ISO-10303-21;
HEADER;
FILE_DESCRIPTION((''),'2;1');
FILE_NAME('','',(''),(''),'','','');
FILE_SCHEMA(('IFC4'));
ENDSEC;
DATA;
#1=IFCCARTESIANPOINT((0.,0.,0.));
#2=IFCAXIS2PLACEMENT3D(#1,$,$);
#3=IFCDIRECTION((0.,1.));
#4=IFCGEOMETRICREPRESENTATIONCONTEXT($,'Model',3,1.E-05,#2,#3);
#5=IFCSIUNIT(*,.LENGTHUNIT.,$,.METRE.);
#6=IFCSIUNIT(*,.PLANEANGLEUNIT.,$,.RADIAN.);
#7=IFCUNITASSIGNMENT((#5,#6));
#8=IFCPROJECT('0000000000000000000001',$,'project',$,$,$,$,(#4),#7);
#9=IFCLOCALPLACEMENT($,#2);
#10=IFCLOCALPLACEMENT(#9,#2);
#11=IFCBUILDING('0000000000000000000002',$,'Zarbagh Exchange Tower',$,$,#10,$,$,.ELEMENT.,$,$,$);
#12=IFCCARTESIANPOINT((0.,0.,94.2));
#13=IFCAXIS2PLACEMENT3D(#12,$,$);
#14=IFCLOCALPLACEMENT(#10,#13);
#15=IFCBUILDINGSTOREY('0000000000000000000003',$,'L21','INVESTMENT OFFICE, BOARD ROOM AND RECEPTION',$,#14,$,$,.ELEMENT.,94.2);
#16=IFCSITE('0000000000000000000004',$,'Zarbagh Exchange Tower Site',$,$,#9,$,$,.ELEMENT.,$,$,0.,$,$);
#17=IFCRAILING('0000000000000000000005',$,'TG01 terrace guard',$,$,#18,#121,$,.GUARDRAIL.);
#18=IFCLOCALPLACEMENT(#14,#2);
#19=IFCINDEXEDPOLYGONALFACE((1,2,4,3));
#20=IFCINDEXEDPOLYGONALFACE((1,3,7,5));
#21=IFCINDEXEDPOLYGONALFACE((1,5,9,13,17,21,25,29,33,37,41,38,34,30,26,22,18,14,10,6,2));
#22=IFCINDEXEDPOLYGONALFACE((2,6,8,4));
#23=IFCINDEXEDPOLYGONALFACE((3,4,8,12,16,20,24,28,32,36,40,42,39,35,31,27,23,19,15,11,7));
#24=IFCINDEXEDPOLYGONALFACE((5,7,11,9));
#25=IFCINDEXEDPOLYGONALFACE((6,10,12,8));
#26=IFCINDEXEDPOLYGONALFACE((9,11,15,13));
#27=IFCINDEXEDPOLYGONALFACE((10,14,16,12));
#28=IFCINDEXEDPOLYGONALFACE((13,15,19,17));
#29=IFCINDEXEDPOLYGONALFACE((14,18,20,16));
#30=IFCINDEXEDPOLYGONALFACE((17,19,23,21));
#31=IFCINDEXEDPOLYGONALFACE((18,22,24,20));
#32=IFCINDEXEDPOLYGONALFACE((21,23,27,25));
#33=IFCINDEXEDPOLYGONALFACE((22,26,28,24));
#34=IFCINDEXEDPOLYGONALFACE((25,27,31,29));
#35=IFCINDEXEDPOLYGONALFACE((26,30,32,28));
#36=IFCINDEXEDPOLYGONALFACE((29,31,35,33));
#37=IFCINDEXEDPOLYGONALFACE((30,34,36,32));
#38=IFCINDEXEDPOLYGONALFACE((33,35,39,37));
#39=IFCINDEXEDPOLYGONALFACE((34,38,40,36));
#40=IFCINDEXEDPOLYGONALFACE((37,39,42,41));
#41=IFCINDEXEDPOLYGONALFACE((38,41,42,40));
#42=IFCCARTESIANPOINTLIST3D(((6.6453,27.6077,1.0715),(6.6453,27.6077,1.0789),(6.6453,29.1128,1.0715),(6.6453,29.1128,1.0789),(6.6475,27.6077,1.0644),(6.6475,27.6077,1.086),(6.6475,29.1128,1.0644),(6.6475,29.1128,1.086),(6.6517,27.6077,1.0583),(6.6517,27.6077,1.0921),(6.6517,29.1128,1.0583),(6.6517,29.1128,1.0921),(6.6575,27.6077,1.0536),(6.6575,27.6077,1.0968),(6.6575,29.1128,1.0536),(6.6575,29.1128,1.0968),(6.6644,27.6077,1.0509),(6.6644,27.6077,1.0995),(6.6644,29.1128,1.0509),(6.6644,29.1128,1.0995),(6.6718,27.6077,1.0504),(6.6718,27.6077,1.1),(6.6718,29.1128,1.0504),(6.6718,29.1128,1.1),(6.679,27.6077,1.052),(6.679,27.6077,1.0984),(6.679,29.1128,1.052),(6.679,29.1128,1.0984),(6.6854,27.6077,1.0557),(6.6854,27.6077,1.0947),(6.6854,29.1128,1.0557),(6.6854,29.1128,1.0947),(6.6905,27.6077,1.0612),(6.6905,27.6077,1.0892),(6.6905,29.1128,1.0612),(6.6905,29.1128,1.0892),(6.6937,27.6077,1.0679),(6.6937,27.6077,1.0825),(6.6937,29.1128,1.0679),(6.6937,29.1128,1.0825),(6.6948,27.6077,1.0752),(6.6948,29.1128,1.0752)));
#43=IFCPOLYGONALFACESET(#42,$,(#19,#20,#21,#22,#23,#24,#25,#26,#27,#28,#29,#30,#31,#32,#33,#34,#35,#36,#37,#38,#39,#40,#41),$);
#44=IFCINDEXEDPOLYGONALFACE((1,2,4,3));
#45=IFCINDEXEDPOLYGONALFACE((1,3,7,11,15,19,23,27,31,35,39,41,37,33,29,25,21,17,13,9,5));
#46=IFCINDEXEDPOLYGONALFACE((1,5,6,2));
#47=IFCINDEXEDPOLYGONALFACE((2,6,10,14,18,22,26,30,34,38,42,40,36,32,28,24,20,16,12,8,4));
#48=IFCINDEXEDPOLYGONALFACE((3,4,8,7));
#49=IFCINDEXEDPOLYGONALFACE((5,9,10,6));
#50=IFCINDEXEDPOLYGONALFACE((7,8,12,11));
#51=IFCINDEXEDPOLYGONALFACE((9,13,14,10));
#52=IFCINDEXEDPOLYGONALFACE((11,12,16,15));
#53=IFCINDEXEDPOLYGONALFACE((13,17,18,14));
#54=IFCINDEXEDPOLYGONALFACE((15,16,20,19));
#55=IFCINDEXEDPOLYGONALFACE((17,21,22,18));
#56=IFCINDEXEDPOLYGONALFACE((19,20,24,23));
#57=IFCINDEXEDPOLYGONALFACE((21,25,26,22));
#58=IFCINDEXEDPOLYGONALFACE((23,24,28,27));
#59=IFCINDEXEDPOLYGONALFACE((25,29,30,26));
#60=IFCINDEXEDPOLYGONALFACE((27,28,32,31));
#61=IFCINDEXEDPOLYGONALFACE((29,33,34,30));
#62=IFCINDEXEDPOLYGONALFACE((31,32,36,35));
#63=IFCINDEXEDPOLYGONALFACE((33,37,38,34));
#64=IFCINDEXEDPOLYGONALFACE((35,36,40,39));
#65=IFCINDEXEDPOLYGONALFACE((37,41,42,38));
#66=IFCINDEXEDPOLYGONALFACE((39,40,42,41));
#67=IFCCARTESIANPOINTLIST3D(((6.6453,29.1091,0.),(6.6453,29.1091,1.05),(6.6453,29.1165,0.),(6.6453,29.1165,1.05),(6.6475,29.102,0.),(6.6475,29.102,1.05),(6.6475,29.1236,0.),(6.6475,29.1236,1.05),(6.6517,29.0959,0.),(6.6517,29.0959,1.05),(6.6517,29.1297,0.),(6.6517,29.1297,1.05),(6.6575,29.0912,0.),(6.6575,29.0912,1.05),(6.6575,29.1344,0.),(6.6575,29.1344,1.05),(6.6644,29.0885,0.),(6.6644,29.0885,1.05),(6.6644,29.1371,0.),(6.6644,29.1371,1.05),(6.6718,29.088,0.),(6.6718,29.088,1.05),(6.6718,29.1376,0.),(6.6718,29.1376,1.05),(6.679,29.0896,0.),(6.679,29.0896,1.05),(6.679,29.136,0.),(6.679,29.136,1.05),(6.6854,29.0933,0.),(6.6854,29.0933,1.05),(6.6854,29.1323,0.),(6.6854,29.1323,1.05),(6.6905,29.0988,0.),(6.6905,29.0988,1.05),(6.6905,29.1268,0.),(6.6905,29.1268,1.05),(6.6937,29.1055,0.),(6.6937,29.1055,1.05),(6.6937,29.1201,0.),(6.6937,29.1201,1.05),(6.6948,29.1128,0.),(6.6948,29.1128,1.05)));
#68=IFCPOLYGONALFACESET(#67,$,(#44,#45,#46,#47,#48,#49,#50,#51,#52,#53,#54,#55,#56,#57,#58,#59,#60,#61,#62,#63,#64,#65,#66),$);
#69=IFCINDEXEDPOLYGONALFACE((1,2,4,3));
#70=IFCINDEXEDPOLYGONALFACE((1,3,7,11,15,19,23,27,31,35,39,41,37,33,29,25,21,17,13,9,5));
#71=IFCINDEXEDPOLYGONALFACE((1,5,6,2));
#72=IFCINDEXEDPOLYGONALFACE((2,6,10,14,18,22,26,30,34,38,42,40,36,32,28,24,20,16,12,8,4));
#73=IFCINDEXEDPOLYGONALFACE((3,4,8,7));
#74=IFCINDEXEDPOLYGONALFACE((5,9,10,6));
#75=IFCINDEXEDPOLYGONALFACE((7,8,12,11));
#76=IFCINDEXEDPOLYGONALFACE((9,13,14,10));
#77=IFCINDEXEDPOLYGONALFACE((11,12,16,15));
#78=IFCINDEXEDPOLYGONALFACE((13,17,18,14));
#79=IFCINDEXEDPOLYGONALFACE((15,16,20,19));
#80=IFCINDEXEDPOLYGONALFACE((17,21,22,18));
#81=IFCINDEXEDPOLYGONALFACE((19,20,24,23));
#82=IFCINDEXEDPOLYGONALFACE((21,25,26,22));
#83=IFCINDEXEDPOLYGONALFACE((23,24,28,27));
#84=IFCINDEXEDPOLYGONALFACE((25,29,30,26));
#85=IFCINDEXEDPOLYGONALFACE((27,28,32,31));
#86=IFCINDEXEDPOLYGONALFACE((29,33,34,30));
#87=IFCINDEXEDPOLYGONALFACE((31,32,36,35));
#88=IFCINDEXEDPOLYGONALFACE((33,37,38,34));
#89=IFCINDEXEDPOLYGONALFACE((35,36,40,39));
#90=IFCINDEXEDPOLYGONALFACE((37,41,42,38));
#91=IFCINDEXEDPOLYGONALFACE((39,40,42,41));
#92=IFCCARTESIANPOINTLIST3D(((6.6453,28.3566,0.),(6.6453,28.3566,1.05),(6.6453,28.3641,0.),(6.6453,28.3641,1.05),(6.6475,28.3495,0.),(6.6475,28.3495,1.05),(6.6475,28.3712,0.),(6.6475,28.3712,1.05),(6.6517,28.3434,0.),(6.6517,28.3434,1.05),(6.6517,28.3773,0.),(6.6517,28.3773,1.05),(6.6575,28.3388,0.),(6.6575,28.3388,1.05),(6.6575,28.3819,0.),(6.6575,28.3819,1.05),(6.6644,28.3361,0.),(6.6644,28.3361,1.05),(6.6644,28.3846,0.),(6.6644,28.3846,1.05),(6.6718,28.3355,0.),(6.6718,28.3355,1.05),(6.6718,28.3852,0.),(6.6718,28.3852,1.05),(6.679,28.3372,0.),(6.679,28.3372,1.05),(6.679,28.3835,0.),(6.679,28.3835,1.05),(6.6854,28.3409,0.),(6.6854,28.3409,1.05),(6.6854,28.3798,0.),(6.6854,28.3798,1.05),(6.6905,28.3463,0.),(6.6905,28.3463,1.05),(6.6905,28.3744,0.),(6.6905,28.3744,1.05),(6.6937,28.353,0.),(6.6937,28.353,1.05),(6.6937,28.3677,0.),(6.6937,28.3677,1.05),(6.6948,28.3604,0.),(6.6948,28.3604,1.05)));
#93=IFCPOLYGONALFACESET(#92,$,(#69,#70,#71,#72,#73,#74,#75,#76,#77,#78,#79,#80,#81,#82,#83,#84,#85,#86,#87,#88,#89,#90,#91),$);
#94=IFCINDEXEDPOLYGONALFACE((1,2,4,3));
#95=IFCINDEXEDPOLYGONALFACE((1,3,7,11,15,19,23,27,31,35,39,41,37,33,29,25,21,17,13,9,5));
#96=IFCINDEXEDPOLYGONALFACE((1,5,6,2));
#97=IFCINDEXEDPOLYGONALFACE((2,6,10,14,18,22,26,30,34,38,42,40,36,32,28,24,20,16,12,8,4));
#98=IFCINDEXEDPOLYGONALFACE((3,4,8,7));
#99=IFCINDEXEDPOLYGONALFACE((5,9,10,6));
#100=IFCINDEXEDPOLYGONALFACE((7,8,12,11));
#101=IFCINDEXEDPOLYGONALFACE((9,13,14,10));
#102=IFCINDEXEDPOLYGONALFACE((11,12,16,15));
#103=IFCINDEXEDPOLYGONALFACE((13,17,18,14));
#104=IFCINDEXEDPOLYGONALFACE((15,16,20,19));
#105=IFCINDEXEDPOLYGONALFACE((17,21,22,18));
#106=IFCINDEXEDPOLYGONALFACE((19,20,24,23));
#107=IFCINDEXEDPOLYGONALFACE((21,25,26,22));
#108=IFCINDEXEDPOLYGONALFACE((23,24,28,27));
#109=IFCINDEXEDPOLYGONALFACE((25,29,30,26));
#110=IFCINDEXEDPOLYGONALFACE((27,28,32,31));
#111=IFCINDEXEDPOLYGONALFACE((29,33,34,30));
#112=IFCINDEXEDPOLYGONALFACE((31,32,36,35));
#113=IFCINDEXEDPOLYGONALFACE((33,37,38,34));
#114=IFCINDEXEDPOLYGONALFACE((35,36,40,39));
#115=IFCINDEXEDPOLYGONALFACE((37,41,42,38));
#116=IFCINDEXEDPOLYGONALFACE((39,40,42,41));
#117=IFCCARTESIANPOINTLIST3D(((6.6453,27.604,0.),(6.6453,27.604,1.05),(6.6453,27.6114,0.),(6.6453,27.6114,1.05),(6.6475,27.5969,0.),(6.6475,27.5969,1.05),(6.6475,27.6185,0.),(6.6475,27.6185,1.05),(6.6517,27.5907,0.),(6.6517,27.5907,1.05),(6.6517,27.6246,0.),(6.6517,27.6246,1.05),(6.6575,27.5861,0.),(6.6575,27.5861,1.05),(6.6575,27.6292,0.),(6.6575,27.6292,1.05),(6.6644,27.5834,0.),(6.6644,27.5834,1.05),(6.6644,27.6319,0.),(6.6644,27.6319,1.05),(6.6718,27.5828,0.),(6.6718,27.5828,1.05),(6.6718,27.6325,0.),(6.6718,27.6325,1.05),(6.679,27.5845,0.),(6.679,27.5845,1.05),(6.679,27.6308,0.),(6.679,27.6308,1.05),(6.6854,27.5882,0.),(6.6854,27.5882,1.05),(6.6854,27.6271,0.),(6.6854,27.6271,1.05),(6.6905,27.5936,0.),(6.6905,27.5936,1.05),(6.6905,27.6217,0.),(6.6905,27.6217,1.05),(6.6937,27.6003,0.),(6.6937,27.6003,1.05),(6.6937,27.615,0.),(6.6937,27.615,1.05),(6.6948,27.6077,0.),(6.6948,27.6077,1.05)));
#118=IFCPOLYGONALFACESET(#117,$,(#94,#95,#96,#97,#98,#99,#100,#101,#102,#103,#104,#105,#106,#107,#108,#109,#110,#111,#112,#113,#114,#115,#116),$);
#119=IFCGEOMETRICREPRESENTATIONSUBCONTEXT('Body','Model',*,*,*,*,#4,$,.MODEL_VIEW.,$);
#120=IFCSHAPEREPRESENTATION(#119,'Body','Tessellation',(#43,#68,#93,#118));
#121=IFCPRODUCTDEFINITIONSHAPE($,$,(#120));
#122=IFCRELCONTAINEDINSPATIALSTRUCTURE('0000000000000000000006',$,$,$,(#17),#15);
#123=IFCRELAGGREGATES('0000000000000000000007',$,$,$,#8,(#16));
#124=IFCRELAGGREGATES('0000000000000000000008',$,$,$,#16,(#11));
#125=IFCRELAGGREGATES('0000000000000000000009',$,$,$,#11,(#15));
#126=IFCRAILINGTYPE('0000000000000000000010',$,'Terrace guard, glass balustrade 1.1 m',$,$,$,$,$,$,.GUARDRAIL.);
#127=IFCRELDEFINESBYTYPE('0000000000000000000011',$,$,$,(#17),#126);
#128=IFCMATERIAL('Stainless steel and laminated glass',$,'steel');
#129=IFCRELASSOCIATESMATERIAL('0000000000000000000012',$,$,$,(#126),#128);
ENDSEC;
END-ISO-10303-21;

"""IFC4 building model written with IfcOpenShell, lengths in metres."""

from ifc_helpers import new_model, si_unit, direction, frame, origin, origin_2d, place, context, subcontext, project, spatial, circle, extrude, material, type_object, element, save


model = new_model("IFC4")

# Units and contexts
model_context = context("Model", 3, precision=1e-05, world=origin(), true_north=direction((0.0, 1.0)))
body_context = subcontext(model_context, "Body", "Model", "MODEL_VIEW")
ifc_project = project(units=[si_unit("LENGTHUNIT", "METRE"), si_unit("PLANEANGLEUNIT", "RADIAN")], contexts=[model_context])

# Site, building, storey
site_placement = place(None, origin())
site = spatial("IfcSite", under=ifc_project, at=site_placement, Name="Zarbagh Exchange Tower Site", CompositionType="ELEMENT", RefElevation=0.0)
building_placement = place(site_placement, origin())
building = spatial("IfcBuilding", under=site, at=building_placement, Name="Zarbagh Exchange Tower", CompositionType="ELEMENT")
storey_placement = place(building_placement, frame((0.0, 0.0, 94.2)))
storey = spatial("IfcBuildingStorey", under=building, at=storey_placement, Name="L21", Description="INVESTMENT OFFICE, BOARD ROOM AND RECEPTION", CompositionType="ELEMENT", Elevation=94.2)

# Railing
ifc_material_1 = material(Name="Stainless steel and laminated glass", Category="steel")
railing_type_1 = type_object("IfcRailingType", Name="Terrace guard, glass balustrade 1.1 m", PredefinedType="GUARDRAIL", material=ifc_material_1)
railing_1_placement = place(storey_placement, frame((6.6699, 29.1128, 0.0)))
element("IfcRailing", 1, at=railing_1_placement, inside=storey, type_object=railing_type_1, Name="TG01 terrace guard", PredefinedType="GUARDRAIL", context=body_context, shape_type="SweptSolid", body=[
    extrude(circle(Radius=0.0249, at=origin_2d()), frame((0.0, 0.0, 1.0752), z_axis=(0.0, -1.0, 0.0), x_axis=(1.0, 0.0, 0.0)), (0.0, 0.0, 1.0), 1.5051),
    extrude(circle(Radius=0.0249, at=origin_2d()), origin(), (0.0, 0.0, 1.0), 1.05),
    extrude(circle(Radius=0.0249, at=origin_2d()), frame((0.0, -0.7524, 0.0)), (0.0, 0.0, 1.0), 1.05),
    extrude(circle(Radius=0.0249, at=origin_2d()), frame((0.0, -1.5051, 0.0)), (0.0, 0.0, 1.0), 1.05),
])

save(model, "model.ifc")
